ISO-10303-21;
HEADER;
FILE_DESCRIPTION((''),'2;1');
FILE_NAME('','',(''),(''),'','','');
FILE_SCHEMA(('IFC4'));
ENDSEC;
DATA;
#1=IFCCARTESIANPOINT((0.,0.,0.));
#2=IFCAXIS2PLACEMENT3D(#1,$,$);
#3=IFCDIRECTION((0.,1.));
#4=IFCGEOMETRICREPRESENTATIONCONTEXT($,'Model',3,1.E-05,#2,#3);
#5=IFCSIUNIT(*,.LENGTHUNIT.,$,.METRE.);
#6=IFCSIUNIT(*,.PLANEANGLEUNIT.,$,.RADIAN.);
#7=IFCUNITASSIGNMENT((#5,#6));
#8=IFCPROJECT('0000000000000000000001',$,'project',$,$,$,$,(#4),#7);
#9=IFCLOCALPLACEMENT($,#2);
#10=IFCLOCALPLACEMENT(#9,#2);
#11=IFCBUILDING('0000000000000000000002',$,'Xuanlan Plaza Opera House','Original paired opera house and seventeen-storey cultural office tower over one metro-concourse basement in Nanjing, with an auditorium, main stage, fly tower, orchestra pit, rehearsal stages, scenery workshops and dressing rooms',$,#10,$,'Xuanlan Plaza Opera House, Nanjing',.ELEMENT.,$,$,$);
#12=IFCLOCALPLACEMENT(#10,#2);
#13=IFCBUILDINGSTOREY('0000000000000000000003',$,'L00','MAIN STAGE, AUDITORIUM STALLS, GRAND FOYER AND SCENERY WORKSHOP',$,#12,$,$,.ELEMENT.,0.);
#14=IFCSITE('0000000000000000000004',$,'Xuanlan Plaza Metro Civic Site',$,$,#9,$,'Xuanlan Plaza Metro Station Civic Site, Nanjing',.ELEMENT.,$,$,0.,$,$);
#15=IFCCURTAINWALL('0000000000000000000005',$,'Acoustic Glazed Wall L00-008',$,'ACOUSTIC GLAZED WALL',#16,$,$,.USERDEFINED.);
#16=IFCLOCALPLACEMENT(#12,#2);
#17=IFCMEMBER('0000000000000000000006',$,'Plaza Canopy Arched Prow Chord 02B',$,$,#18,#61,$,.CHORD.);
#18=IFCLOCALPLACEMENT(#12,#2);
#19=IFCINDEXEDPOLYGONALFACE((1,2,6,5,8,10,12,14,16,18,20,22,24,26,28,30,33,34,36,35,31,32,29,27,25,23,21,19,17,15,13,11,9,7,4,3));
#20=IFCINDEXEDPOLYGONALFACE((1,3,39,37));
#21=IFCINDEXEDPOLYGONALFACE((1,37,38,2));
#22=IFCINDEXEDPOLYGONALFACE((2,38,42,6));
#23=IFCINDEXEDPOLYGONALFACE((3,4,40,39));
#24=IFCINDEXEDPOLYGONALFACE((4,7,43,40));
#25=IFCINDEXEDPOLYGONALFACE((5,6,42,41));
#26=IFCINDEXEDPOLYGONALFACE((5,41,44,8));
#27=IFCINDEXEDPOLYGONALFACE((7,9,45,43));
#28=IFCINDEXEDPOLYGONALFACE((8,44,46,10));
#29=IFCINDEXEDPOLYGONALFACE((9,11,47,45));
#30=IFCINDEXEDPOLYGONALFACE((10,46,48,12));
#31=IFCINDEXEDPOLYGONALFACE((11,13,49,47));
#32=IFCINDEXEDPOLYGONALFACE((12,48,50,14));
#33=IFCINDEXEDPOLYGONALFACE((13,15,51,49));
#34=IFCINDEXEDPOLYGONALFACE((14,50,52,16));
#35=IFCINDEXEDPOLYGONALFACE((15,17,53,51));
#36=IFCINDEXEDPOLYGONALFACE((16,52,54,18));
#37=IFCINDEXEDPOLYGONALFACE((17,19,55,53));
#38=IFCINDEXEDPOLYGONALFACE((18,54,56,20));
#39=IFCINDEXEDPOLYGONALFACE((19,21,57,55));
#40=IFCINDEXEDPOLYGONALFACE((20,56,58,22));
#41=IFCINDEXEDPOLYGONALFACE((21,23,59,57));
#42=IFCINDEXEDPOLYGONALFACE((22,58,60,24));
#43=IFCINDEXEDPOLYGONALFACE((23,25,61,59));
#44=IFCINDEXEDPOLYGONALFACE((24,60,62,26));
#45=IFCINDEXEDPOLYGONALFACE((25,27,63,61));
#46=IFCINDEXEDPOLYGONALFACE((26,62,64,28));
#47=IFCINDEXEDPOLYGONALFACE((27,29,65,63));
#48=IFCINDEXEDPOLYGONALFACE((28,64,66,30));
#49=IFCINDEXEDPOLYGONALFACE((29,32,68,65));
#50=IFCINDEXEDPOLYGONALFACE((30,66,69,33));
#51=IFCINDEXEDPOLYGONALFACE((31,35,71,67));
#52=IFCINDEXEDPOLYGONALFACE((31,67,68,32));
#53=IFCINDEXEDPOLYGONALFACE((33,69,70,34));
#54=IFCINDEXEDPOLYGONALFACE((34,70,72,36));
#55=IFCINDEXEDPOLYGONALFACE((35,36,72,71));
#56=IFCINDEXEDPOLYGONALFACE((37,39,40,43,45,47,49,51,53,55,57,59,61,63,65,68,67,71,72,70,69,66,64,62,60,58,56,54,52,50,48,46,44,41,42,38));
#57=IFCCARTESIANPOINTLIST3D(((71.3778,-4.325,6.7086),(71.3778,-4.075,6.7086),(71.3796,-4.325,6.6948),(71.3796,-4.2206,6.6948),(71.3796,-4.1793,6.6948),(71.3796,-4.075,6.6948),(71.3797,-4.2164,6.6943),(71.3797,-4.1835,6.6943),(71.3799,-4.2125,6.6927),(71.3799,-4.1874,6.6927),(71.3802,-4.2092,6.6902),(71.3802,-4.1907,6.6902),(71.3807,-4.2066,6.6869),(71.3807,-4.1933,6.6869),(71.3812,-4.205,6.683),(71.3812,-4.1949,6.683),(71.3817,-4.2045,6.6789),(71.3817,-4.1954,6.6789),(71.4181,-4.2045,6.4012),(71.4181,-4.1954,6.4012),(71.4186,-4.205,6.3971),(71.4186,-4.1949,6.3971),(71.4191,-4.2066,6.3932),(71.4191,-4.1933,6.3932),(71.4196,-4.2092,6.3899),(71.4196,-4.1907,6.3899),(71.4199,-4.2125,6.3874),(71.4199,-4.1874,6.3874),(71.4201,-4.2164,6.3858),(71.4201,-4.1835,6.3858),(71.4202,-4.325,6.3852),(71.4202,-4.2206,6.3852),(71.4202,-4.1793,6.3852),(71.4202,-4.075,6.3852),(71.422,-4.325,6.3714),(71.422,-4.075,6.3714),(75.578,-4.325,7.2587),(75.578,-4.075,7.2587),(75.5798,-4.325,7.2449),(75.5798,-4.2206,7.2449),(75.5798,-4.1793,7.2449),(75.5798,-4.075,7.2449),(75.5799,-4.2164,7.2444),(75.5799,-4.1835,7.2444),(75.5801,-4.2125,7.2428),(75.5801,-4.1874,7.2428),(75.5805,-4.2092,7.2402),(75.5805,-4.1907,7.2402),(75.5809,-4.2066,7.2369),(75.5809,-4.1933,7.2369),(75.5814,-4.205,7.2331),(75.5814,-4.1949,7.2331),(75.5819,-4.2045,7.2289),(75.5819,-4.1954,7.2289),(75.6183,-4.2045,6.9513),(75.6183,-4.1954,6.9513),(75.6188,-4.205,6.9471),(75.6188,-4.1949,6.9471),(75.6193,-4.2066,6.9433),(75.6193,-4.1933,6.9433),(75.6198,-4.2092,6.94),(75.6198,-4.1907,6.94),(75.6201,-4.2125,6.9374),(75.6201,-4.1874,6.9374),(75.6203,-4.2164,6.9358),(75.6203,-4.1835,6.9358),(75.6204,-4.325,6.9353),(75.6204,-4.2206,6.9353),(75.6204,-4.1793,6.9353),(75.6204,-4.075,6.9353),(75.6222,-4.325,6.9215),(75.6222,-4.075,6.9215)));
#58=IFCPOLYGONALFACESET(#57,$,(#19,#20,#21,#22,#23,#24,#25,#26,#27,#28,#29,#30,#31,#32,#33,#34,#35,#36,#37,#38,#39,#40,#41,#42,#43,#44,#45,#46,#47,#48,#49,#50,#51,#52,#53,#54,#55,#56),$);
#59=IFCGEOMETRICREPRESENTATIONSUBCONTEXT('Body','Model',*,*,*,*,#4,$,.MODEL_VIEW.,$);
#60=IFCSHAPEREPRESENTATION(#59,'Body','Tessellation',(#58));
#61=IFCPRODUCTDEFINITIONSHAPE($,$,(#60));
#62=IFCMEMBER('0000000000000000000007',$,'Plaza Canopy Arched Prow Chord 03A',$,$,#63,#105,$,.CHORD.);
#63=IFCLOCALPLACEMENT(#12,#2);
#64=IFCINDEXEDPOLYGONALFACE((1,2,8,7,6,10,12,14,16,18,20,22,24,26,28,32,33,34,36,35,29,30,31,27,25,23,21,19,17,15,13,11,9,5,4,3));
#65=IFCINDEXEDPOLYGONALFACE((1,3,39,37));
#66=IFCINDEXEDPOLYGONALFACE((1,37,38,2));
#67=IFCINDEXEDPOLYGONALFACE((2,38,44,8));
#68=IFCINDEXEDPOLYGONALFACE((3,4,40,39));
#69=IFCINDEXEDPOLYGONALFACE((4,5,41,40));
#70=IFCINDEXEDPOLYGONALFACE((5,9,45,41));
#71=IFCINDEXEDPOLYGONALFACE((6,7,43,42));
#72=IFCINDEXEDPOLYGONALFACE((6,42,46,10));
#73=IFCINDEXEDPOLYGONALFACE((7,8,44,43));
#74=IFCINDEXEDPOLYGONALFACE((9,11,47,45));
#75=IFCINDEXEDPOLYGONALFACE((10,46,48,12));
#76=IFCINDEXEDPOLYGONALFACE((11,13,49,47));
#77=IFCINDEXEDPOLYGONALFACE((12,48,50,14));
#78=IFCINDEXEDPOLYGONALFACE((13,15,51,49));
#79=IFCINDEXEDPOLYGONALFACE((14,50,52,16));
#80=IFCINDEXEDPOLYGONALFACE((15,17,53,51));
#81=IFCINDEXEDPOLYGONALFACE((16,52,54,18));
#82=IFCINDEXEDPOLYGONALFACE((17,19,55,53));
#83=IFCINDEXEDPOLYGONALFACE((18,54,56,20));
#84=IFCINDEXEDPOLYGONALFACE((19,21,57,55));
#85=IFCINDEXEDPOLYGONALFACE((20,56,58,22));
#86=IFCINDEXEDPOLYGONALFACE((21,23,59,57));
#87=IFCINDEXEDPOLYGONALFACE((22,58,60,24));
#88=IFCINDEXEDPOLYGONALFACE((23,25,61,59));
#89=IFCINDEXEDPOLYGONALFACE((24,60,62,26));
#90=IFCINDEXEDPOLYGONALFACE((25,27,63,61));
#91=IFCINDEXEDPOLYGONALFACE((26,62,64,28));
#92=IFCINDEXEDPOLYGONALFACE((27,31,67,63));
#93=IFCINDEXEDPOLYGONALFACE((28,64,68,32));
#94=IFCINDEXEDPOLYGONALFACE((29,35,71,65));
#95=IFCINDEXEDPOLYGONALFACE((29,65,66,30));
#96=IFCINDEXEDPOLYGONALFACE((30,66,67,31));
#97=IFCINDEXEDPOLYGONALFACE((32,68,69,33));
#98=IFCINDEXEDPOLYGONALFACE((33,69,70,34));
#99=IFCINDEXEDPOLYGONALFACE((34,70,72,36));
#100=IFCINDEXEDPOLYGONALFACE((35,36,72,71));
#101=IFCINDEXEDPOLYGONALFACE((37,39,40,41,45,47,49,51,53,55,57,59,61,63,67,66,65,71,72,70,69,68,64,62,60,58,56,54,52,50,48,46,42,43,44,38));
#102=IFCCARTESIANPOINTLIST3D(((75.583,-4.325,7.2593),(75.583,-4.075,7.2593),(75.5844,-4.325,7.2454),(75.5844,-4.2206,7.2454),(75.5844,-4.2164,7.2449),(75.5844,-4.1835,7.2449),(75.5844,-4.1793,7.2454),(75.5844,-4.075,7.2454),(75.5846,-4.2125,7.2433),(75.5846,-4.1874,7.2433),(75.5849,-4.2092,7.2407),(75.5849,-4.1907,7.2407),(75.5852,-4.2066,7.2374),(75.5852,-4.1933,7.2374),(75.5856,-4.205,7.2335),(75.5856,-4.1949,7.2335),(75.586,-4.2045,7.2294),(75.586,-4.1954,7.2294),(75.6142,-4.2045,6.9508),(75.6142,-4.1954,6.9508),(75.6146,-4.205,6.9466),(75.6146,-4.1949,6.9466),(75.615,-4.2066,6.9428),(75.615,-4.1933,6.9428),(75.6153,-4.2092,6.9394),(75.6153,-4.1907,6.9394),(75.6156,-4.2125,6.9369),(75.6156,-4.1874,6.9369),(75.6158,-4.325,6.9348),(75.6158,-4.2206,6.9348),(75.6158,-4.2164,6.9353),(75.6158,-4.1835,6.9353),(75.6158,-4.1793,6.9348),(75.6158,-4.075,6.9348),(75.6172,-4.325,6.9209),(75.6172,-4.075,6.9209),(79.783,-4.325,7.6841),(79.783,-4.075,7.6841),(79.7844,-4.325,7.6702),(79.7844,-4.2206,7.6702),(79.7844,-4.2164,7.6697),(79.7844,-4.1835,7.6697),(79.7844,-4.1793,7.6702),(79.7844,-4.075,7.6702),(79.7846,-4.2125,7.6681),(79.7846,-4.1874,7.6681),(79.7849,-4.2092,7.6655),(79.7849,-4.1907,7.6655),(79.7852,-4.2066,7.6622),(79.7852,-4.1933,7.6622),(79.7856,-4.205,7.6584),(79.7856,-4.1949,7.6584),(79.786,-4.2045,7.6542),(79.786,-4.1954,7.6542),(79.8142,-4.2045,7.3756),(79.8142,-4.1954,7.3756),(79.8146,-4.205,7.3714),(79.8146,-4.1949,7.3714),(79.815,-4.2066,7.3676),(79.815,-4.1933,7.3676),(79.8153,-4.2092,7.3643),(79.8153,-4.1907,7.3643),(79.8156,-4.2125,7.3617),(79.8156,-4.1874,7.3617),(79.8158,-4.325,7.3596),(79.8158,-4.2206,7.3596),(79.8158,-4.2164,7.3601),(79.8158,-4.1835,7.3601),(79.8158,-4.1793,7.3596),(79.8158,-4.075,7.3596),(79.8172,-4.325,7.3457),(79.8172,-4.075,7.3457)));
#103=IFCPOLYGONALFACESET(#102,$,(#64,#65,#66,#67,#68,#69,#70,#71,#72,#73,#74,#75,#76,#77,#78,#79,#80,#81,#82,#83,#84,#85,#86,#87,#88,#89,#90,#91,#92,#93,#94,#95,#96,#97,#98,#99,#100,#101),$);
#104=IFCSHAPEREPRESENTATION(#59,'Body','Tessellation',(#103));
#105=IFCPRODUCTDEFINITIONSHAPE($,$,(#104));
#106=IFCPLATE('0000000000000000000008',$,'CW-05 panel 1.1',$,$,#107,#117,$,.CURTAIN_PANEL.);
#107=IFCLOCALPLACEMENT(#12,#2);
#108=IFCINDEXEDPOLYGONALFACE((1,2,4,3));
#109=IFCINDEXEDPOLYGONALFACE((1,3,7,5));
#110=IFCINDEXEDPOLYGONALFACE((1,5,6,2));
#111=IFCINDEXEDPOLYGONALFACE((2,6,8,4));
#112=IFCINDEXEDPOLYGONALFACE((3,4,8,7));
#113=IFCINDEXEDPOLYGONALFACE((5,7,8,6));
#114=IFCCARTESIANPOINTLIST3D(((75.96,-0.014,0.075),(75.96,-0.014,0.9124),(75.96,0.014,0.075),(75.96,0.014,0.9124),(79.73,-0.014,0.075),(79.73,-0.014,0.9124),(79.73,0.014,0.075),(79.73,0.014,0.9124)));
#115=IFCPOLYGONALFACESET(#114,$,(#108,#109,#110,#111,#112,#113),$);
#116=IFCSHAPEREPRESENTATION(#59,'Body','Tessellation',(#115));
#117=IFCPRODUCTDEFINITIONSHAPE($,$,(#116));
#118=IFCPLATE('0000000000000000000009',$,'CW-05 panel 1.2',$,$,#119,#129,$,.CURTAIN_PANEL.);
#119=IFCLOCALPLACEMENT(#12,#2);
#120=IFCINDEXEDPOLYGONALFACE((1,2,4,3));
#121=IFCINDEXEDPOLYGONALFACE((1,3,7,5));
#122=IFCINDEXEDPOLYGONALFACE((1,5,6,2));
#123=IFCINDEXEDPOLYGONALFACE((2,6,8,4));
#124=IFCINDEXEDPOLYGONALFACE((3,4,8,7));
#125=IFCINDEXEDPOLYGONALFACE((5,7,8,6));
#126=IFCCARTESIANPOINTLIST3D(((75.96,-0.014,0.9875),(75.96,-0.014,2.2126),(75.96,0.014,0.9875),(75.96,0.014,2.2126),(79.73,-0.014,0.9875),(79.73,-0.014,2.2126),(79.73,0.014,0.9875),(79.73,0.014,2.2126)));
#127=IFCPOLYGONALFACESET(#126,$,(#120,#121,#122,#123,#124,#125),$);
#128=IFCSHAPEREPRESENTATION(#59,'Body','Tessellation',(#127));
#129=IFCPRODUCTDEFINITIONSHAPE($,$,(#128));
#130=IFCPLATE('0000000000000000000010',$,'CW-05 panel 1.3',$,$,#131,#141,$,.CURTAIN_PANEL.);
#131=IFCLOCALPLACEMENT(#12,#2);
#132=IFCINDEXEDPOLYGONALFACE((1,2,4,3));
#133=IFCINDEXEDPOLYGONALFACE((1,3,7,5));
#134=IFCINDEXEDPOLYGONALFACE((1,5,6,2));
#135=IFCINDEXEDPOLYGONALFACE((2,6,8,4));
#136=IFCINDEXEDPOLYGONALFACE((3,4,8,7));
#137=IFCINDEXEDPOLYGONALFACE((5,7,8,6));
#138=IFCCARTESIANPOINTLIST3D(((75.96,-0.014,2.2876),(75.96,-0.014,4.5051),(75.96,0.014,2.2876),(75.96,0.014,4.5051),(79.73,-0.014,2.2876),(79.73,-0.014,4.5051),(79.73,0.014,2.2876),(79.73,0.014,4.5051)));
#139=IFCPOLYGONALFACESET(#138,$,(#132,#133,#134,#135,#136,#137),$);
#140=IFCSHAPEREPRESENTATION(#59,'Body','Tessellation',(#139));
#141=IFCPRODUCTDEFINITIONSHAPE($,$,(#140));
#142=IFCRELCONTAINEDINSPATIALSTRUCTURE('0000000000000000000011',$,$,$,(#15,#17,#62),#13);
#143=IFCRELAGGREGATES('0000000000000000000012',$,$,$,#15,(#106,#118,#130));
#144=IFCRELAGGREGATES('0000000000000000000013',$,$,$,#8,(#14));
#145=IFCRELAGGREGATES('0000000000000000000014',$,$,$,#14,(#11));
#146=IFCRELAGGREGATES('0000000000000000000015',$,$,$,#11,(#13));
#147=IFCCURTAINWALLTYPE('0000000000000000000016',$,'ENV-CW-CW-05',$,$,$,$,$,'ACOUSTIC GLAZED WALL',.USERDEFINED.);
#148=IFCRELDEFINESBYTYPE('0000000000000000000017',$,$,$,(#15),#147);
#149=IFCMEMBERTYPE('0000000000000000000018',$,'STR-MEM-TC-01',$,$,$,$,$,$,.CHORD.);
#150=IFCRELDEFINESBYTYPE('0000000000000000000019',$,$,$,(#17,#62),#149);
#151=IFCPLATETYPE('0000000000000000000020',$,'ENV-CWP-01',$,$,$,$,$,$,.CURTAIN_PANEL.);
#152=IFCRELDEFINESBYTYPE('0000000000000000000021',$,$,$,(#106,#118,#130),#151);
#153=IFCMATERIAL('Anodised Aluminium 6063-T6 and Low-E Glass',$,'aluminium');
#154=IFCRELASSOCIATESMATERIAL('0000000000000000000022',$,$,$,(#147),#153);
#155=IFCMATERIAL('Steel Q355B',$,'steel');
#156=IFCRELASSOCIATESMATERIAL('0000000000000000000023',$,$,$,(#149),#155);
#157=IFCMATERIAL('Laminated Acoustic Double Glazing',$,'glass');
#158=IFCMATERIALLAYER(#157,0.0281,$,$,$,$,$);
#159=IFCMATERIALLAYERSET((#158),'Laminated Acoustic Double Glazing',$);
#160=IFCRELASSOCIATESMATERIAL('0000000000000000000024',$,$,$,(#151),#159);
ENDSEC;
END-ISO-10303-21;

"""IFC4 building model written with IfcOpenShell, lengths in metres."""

from ifc_helpers import new_model, si_unit, direction, frame, origin, origin_2d, place, context, subcontext, project, spatial, rectangle, i_section, extrude, material, layer, layer_set, material_profile, profile_set, type_object, element, aggregate, save


model = new_model("IFC4")

# Units and contexts
model_context = context("Model", 3, precision=1e-05, world=origin(), true_north=direction((0.0, 1.0)))
body_context = subcontext(model_context, "Body", "Model", "MODEL_VIEW")
ifc_project = project(units=[si_unit("LENGTHUNIT", "METRE"), si_unit("PLANEANGLEUNIT", "RADIAN")], contexts=[model_context])

# Site, building, storey
site_placement = place(None, origin())
site = spatial("IfcSite", under=ifc_project, at=site_placement, Name="Xuanlan Plaza Metro Civic Site", LongName="Xuanlan Plaza Metro Station Civic Site, Nanjing", CompositionType="ELEMENT", RefElevation=0.0)
building_placement = place(site_placement, origin())
building = spatial("IfcBuilding", under=site, at=building_placement, Name="Xuanlan Plaza Opera House", Description="Original paired opera house and seventeen-storey cultural office tower over one metro-concourse basement in Nanjing, with an auditorium, main stage, fly tower, orchestra pit, rehearsal stages, scenery workshops and dressing rooms", LongName="Xuanlan Plaza Opera House, Nanjing", CompositionType="ELEMENT")
storey_placement = place(building_placement, origin())
storey = spatial("IfcBuildingStorey", under=building, at=storey_placement, Name="L00", Description="MAIN STAGE, AUDITORIUM STALLS, GRAND FOYER AND SCENERY WORKSHOP", CompositionType="ELEMENT", Elevation=0.0)

# Curtain wall
ifc_material_1 = material(Name="Anodised Aluminium 6063-T6 and Low-E Glass", Category="aluminium")
curtain_wall_type = type_object("IfcCurtainWallType", Name="ENV-CW-CW-05", ElementType="ACOUSTIC GLAZED WALL", PredefinedType="USERDEFINED", material=ifc_material_1)
curtain_wall_placement = place(storey_placement, origin())
curtain_wall = element("IfcCurtainWall", 1, at=curtain_wall_placement, inside=storey, type_object=curtain_wall_type, Name="Acoustic Glazed Wall L00-008", ObjectType="ACOUSTIC GLAZED WALL", PredefinedType="USERDEFINED")

# Members
ifc_material_2 = material(Name="Steel Q355B", Category="steel")
ifc_material_profile_1 = material_profile(ifc_material_2, i_section(OverallWidth=0.25, OverallDepth=0.3401, WebThickness=0.009, FlangeThickness=0.0139, FilletRadius=0.0161, at=origin_2d()), Name="HM 340x250x9x14")
ifc_profile_set_1 = profile_set([ifc_material_profile_1], Name="Steel Q355B")
member_type_1 = type_object("IfcMemberType", Name="STR-MEM-TC-01", PredefinedType="CHORD", material=ifc_profile_set_1)
member_1_placement = place(storey_placement, frame((71.3999, -4.2, 6.54), z_axis=(0.991534, 0.0, 0.129849), x_axis=(0.0, 1.0, 0.0)))
element("IfcMember", 2, at=member_1_placement, inside=storey, type_object=member_type_1, Name="Plaza Canopy Arched Prow Chord 02B", PredefinedType="CHORD", context=body_context, shape_type="SweptSolid", body=[
    extrude(i_section(OverallWidth=0.25, OverallDepth=0.3401, WebThickness=0.009, FlangeThickness=0.0139, FilletRadius=0.0161, at=origin_2d()), origin(), (0.0, 0.0, 1.0), 4.2361),
])
member_2_placement = place(storey_placement, frame((75.6001, -4.2, 7.0901), z_axis=(0.994924, 0.0, 0.100632), x_axis=(0.0, 1.0, 0.0)))
element("IfcMember", 3, at=member_2_placement, inside=storey, type_object=member_type_1, Name="Plaza Canopy Arched Prow Chord 03A", PredefinedType="CHORD", context=body_context, shape_type="SweptSolid", body=[
    extrude(i_section(OverallWidth=0.25, OverallDepth=0.3401, WebThickness=0.009, FlangeThickness=0.0139, FilletRadius=0.0161, at=origin_2d()), origin(), (0.0, 0.0, 1.0), 4.2214),
])

# Plates
ifc_material_3 = material(Name="Laminated Acoustic Double Glazing", Category="glass")
ifc_layer_1 = layer(ifc_material_3, 0.0281)
ifc_layer_set_1 = layer_set([ifc_layer_1], Name="Laminated Acoustic Double Glazing")
plate_type = type_object("IfcPlateType", Name="ENV-CWP-01", PredefinedType="CURTAIN_PANEL", material=ifc_layer_set_1)
plate_1_placement = place(storey_placement, frame((77.845, 0.0, 0.075), z_axis=(0.0, 0.0, 1.0), x_axis=(1.0, 0.0, 0.0)))
plate_1 = element("IfcPlate", 4, at=plate_1_placement, type_object=plate_type, Name="CW-05 panel 1.1", PredefinedType="CURTAIN_PANEL", context=body_context, shape_type="SweptSolid", body=[
    extrude(rectangle(XDim=3.77, YDim=0.0281, at=origin_2d()), origin(), (0.0, 0.0, 1.0), 0.8374),
])
plate_2_placement = place(storey_placement, frame((77.845, 0.0, 0.9875), z_axis=(0.0, 0.0, 1.0), x_axis=(1.0, 0.0, 0.0)))
plate_2 = element("IfcPlate", 5, at=plate_2_placement, type_object=plate_type, Name="CW-05 panel 1.2", PredefinedType="CURTAIN_PANEL", context=body_context, shape_type="SweptSolid", body=[
    extrude(rectangle(XDim=3.77, YDim=0.0281, at=origin_2d()), origin(), (0.0, 0.0, 1.0), 1.2251),
])
plate_3_placement = place(storey_placement, frame((77.845, 0.0, 2.2876), z_axis=(0.0, 0.0, 1.0), x_axis=(1.0, 0.0, 0.0)))
plate_3 = element("IfcPlate", 6, at=plate_3_placement, type_object=plate_type, Name="CW-05 panel 1.3", PredefinedType="CURTAIN_PANEL", context=body_context, shape_type="SweptSolid", body=[
    extrude(rectangle(XDim=3.77, YDim=0.0281, at=origin_2d()), origin(), (0.0, 0.0, 1.0), 2.2175),
])
aggregate(curtain_wall, [plate_1, plate_2, plate_3])

save(model, "model.ifc")
